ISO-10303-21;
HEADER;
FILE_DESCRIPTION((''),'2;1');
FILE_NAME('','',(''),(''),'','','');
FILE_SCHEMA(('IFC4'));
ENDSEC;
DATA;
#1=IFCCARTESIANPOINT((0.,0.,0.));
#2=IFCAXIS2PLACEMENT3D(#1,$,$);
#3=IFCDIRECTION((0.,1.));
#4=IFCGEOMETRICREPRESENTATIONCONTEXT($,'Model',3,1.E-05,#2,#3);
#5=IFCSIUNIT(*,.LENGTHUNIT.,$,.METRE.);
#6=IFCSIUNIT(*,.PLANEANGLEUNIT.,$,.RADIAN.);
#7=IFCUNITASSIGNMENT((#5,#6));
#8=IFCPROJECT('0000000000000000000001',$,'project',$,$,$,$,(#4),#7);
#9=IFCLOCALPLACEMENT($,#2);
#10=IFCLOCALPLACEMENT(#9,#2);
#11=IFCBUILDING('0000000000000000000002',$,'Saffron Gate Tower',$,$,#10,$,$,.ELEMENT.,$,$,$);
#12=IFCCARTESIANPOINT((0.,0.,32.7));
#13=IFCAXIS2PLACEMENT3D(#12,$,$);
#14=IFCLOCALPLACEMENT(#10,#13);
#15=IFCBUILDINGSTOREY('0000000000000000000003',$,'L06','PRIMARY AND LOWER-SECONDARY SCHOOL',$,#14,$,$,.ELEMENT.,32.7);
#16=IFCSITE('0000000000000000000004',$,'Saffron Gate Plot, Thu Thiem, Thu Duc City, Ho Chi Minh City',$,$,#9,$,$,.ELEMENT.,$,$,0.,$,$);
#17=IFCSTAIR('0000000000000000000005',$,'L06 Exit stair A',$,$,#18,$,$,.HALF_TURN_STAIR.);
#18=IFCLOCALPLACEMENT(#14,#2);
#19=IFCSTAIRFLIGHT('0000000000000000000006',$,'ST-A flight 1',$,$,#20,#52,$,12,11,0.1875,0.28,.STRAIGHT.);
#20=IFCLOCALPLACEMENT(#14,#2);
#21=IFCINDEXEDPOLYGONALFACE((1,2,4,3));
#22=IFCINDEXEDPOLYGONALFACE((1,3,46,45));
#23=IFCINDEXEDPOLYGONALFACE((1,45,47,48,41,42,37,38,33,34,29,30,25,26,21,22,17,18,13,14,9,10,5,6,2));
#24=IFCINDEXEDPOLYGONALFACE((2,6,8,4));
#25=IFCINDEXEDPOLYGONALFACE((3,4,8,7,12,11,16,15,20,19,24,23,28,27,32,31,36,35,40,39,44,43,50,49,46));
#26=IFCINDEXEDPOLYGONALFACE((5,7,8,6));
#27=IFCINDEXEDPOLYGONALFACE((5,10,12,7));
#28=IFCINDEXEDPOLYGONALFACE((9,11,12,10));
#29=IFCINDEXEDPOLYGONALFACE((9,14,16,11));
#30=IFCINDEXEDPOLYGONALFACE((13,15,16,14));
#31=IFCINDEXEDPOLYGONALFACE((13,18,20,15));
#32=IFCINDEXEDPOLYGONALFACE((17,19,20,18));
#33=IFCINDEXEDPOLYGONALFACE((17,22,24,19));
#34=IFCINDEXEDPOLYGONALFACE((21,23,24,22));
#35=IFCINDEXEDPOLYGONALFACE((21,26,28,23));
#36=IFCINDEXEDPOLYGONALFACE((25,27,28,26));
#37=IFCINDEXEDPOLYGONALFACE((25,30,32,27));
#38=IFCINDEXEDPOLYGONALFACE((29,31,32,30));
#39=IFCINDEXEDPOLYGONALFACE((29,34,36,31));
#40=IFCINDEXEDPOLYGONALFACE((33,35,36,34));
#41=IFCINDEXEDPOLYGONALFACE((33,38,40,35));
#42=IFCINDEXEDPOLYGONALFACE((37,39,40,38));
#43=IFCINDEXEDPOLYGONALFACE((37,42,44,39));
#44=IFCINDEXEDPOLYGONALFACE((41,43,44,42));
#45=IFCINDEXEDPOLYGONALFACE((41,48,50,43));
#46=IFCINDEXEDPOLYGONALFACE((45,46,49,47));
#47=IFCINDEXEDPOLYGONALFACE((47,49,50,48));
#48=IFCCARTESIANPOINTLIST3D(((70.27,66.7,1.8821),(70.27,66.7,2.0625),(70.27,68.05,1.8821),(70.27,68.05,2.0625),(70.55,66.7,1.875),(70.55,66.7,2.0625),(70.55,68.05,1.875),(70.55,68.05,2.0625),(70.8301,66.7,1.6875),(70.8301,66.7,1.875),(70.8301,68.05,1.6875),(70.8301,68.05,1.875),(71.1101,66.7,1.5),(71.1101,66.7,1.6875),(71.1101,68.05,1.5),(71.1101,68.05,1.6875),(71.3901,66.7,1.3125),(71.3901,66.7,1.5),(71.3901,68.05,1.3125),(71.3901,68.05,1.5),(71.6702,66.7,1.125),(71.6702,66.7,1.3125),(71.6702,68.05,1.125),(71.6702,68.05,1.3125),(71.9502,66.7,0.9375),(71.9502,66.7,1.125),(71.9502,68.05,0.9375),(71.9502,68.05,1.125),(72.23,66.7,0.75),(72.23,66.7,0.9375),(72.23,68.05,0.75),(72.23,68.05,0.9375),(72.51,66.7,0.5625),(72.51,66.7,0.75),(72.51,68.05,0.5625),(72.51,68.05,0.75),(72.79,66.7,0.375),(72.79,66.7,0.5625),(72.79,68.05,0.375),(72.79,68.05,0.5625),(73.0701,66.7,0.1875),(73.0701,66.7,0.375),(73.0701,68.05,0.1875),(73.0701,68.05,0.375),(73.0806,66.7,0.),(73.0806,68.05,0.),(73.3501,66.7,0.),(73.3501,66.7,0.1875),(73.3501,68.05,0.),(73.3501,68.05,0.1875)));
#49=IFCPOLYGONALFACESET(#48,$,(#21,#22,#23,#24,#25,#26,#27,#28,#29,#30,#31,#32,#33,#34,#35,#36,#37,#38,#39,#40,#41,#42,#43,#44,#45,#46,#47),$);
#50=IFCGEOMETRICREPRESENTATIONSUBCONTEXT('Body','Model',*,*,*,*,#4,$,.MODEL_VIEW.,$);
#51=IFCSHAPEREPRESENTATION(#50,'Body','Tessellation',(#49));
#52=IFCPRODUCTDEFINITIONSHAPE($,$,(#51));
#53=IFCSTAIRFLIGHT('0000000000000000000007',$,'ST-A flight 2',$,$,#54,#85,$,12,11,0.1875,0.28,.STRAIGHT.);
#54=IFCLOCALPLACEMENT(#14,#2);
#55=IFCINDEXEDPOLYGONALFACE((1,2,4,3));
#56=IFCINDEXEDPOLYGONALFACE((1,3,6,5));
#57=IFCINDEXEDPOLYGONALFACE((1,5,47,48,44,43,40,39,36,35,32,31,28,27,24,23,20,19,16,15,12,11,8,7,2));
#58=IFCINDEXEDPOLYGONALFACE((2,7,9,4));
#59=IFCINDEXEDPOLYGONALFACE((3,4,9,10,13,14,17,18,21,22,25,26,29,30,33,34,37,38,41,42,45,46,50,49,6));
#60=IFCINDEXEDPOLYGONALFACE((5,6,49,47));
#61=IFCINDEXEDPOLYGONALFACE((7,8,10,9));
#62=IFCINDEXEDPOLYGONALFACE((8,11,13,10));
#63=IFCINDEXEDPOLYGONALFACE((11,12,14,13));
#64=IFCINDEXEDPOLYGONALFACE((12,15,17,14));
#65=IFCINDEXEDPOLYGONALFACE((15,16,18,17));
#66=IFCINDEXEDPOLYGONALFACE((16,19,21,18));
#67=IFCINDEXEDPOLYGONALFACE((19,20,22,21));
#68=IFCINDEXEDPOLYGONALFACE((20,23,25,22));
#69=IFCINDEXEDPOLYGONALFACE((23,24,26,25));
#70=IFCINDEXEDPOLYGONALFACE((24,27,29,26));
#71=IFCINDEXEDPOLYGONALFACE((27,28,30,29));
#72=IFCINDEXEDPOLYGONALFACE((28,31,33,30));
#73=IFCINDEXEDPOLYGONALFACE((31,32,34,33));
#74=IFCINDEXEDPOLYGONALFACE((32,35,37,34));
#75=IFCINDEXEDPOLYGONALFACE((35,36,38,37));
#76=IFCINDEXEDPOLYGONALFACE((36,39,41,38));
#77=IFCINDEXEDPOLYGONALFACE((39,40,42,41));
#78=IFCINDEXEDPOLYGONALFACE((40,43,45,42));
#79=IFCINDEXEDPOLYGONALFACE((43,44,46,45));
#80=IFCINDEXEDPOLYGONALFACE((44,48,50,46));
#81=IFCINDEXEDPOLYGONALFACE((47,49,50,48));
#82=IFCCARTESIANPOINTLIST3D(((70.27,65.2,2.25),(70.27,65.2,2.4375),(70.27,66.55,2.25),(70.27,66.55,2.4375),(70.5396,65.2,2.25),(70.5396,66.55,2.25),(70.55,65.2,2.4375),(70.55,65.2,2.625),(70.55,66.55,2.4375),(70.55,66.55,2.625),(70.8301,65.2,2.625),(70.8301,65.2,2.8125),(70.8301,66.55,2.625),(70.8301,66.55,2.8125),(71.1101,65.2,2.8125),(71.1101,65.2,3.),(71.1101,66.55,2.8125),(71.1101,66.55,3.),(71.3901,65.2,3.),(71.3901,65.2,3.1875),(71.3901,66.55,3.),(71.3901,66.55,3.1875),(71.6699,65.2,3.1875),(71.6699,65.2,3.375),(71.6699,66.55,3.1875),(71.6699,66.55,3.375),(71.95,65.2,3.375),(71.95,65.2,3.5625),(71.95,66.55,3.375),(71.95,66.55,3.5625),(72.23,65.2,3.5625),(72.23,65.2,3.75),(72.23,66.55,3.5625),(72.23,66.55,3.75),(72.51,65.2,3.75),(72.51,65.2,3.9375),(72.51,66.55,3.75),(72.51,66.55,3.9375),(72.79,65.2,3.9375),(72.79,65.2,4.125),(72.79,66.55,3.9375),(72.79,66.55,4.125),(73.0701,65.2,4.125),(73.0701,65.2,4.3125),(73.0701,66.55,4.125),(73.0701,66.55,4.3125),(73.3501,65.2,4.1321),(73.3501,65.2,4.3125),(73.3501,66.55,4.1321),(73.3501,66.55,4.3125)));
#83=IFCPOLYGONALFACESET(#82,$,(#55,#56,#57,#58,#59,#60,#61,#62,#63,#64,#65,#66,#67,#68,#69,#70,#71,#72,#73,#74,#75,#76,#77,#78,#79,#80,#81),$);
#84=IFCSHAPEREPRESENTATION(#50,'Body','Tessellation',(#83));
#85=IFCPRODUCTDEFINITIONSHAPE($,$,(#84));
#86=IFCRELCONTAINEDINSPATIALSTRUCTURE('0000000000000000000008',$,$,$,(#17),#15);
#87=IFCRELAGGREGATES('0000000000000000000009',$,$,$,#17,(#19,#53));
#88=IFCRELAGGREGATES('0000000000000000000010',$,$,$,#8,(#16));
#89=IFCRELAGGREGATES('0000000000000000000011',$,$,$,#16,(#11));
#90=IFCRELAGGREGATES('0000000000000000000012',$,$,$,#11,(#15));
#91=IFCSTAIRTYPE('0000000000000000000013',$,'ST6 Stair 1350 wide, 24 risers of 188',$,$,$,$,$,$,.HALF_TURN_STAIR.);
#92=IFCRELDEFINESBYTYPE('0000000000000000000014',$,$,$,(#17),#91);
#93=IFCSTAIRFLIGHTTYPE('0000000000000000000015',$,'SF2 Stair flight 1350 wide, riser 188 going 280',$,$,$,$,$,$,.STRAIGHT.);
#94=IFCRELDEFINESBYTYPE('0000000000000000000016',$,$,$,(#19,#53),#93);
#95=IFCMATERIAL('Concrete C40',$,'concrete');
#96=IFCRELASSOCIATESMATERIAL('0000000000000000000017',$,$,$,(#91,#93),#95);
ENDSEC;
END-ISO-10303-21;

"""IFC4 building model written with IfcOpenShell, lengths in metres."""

from ifc_helpers import new_model, si_unit, direction, frame, origin, place, context, subcontext, project, spatial, polyline, outline, extrude, material, type_object, element, aggregate, save


model = new_model("IFC4")

# Units and contexts
model_context = context("Model", 3, precision=1e-05, world=origin(), true_north=direction((0.0, 1.0)))
body_context = subcontext(model_context, "Body", "Model", "MODEL_VIEW")
ifc_project = project(units=[si_unit("LENGTHUNIT", "METRE"), si_unit("PLANEANGLEUNIT", "RADIAN")], contexts=[model_context])

# Site, building, storey
site_placement = place(None, origin())
site = spatial("IfcSite", under=ifc_project, at=site_placement, Name="Saffron Gate Plot, Thu Thiem, Thu Duc City, Ho Chi Minh City", CompositionType="ELEMENT", RefElevation=0.0)
building_placement = place(site_placement, origin())
building = spatial("IfcBuilding", under=site, at=building_placement, Name="Saffron Gate Tower", CompositionType="ELEMENT")
storey_placement = place(building_placement, frame((0.0, 0.0, 32.7)))
storey = spatial("IfcBuildingStorey", under=building, at=storey_placement, Name="L06", Description="PRIMARY AND LOWER-SECONDARY SCHOOL", CompositionType="ELEMENT", Elevation=32.7)

# Stair, stair flights
ifc_material_1 = material(Name="Concrete C40", Category="concrete")
stair_type = type_object("IfcStairType", Name="ST6 Stair 1350 wide, 24 risers of 188", PredefinedType="HALF_TURN_STAIR", material=ifc_material_1)
stair_placement = place(storey_placement, origin())
stair = element("IfcStair", 1, at=stair_placement, inside=storey, type_object=stair_type, Name="L06 Exit stair A", PredefinedType="HALF_TURN_STAIR")
stair_flight_type = type_object("IfcStairFlightType", Name="SF2 Stair flight 1350 wide, riser 188 going 280", PredefinedType="STRAIGHT", material=ifc_material_1)
stair_flight_1_placement = place(storey_placement, frame((73.3501, 67.375, 0.0), z_axis=(0.0, 0.0, 1.0), x_axis=(-1.0, 0.0, 0.0)))
stair_flight_1 = element("IfcStairFlight", 2, at=stair_flight_1_placement, type_object=stair_flight_type, Name="ST-A flight 1", NumberOfRisers=12, NumberOfTreads=11, PredefinedType="STRAIGHT", RiserHeight=0.1875, TreadLength=0.28, context=body_context, shape_type="SweptSolid", body=[
    extrude(outline(polyline([(0.0, 0.0), (0.0, 0.1875), (0.28, 0.1875), (0.28, 0.375), (0.5601, 0.375), (0.5601, 0.5625), (0.8401, 0.5625), (0.8401, 0.75), (1.1201, 0.75), (1.1201, 0.9375), (1.3999, 0.9375), (1.3999, 1.125), (1.6799, 1.125), (1.6799, 1.3125), (1.96, 1.3125), (1.96, 1.5), (2.24, 1.5), (2.24, 1.6875), (2.52, 1.6875), (2.52, 1.875), (2.8, 1.875), (2.8, 2.0625), (3.0801, 2.0625), (3.0801, 2.25), (3.0801, 1.8821), (0.2695, 0.0), (0.0, 0.0)])), frame((0.0, 0.675, 0.0), z_axis=(0.0, -1.0, 0.0), x_axis=(1.0, 0.0, 0.0)), (0.0, 0.0, 1.0), 1.3501),
])
stair_flight_2_placement = place(storey_placement, frame((70.27, 65.875, 2.25), z_axis=(0.0, 0.0, 1.0), x_axis=(1.0, 0.0, 0.0)))
stair_flight_2 = element("IfcStairFlight", 3, at=stair_flight_2_placement, type_object=stair_flight_type, Name="ST-A flight 2", NumberOfRisers=12, NumberOfTreads=11, PredefinedType="STRAIGHT", RiserHeight=0.1875, TreadLength=0.28, context=body_context, shape_type="SweptSolid", body=[
    extrude(outline(polyline([(0.0, 0.0), (0.0, 0.1875), (0.28, 0.1875), (0.28, 0.375), (0.5601, 0.375), (0.5601, 0.5625), (0.8401, 0.5625), (0.8401, 0.75), (1.1201, 0.75), (1.1201, 0.9375), (1.3999, 0.9375), (1.3999, 1.125), (1.6799, 1.125), (1.6799, 1.3125), (1.96, 1.3125), (1.96, 1.5), (2.24, 1.5), (2.24, 1.6875), (2.52, 1.6875), (2.52, 1.875), (2.8, 1.875), (2.8, 2.0625), (3.0801, 2.0625), (3.0801, 2.25), (3.0801, 1.8821), (0.2695, 0.0), (0.0, 0.0)])), frame((0.0, 0.675, 0.0), z_axis=(0.0, -1.0, 0.0), x_axis=(1.0, 0.0, 0.0)), (0.0, 0.0, 1.0), 1.3501),
])
aggregate(stair, [stair_flight_1, stair_flight_2])

save(model, "model.ifc")
